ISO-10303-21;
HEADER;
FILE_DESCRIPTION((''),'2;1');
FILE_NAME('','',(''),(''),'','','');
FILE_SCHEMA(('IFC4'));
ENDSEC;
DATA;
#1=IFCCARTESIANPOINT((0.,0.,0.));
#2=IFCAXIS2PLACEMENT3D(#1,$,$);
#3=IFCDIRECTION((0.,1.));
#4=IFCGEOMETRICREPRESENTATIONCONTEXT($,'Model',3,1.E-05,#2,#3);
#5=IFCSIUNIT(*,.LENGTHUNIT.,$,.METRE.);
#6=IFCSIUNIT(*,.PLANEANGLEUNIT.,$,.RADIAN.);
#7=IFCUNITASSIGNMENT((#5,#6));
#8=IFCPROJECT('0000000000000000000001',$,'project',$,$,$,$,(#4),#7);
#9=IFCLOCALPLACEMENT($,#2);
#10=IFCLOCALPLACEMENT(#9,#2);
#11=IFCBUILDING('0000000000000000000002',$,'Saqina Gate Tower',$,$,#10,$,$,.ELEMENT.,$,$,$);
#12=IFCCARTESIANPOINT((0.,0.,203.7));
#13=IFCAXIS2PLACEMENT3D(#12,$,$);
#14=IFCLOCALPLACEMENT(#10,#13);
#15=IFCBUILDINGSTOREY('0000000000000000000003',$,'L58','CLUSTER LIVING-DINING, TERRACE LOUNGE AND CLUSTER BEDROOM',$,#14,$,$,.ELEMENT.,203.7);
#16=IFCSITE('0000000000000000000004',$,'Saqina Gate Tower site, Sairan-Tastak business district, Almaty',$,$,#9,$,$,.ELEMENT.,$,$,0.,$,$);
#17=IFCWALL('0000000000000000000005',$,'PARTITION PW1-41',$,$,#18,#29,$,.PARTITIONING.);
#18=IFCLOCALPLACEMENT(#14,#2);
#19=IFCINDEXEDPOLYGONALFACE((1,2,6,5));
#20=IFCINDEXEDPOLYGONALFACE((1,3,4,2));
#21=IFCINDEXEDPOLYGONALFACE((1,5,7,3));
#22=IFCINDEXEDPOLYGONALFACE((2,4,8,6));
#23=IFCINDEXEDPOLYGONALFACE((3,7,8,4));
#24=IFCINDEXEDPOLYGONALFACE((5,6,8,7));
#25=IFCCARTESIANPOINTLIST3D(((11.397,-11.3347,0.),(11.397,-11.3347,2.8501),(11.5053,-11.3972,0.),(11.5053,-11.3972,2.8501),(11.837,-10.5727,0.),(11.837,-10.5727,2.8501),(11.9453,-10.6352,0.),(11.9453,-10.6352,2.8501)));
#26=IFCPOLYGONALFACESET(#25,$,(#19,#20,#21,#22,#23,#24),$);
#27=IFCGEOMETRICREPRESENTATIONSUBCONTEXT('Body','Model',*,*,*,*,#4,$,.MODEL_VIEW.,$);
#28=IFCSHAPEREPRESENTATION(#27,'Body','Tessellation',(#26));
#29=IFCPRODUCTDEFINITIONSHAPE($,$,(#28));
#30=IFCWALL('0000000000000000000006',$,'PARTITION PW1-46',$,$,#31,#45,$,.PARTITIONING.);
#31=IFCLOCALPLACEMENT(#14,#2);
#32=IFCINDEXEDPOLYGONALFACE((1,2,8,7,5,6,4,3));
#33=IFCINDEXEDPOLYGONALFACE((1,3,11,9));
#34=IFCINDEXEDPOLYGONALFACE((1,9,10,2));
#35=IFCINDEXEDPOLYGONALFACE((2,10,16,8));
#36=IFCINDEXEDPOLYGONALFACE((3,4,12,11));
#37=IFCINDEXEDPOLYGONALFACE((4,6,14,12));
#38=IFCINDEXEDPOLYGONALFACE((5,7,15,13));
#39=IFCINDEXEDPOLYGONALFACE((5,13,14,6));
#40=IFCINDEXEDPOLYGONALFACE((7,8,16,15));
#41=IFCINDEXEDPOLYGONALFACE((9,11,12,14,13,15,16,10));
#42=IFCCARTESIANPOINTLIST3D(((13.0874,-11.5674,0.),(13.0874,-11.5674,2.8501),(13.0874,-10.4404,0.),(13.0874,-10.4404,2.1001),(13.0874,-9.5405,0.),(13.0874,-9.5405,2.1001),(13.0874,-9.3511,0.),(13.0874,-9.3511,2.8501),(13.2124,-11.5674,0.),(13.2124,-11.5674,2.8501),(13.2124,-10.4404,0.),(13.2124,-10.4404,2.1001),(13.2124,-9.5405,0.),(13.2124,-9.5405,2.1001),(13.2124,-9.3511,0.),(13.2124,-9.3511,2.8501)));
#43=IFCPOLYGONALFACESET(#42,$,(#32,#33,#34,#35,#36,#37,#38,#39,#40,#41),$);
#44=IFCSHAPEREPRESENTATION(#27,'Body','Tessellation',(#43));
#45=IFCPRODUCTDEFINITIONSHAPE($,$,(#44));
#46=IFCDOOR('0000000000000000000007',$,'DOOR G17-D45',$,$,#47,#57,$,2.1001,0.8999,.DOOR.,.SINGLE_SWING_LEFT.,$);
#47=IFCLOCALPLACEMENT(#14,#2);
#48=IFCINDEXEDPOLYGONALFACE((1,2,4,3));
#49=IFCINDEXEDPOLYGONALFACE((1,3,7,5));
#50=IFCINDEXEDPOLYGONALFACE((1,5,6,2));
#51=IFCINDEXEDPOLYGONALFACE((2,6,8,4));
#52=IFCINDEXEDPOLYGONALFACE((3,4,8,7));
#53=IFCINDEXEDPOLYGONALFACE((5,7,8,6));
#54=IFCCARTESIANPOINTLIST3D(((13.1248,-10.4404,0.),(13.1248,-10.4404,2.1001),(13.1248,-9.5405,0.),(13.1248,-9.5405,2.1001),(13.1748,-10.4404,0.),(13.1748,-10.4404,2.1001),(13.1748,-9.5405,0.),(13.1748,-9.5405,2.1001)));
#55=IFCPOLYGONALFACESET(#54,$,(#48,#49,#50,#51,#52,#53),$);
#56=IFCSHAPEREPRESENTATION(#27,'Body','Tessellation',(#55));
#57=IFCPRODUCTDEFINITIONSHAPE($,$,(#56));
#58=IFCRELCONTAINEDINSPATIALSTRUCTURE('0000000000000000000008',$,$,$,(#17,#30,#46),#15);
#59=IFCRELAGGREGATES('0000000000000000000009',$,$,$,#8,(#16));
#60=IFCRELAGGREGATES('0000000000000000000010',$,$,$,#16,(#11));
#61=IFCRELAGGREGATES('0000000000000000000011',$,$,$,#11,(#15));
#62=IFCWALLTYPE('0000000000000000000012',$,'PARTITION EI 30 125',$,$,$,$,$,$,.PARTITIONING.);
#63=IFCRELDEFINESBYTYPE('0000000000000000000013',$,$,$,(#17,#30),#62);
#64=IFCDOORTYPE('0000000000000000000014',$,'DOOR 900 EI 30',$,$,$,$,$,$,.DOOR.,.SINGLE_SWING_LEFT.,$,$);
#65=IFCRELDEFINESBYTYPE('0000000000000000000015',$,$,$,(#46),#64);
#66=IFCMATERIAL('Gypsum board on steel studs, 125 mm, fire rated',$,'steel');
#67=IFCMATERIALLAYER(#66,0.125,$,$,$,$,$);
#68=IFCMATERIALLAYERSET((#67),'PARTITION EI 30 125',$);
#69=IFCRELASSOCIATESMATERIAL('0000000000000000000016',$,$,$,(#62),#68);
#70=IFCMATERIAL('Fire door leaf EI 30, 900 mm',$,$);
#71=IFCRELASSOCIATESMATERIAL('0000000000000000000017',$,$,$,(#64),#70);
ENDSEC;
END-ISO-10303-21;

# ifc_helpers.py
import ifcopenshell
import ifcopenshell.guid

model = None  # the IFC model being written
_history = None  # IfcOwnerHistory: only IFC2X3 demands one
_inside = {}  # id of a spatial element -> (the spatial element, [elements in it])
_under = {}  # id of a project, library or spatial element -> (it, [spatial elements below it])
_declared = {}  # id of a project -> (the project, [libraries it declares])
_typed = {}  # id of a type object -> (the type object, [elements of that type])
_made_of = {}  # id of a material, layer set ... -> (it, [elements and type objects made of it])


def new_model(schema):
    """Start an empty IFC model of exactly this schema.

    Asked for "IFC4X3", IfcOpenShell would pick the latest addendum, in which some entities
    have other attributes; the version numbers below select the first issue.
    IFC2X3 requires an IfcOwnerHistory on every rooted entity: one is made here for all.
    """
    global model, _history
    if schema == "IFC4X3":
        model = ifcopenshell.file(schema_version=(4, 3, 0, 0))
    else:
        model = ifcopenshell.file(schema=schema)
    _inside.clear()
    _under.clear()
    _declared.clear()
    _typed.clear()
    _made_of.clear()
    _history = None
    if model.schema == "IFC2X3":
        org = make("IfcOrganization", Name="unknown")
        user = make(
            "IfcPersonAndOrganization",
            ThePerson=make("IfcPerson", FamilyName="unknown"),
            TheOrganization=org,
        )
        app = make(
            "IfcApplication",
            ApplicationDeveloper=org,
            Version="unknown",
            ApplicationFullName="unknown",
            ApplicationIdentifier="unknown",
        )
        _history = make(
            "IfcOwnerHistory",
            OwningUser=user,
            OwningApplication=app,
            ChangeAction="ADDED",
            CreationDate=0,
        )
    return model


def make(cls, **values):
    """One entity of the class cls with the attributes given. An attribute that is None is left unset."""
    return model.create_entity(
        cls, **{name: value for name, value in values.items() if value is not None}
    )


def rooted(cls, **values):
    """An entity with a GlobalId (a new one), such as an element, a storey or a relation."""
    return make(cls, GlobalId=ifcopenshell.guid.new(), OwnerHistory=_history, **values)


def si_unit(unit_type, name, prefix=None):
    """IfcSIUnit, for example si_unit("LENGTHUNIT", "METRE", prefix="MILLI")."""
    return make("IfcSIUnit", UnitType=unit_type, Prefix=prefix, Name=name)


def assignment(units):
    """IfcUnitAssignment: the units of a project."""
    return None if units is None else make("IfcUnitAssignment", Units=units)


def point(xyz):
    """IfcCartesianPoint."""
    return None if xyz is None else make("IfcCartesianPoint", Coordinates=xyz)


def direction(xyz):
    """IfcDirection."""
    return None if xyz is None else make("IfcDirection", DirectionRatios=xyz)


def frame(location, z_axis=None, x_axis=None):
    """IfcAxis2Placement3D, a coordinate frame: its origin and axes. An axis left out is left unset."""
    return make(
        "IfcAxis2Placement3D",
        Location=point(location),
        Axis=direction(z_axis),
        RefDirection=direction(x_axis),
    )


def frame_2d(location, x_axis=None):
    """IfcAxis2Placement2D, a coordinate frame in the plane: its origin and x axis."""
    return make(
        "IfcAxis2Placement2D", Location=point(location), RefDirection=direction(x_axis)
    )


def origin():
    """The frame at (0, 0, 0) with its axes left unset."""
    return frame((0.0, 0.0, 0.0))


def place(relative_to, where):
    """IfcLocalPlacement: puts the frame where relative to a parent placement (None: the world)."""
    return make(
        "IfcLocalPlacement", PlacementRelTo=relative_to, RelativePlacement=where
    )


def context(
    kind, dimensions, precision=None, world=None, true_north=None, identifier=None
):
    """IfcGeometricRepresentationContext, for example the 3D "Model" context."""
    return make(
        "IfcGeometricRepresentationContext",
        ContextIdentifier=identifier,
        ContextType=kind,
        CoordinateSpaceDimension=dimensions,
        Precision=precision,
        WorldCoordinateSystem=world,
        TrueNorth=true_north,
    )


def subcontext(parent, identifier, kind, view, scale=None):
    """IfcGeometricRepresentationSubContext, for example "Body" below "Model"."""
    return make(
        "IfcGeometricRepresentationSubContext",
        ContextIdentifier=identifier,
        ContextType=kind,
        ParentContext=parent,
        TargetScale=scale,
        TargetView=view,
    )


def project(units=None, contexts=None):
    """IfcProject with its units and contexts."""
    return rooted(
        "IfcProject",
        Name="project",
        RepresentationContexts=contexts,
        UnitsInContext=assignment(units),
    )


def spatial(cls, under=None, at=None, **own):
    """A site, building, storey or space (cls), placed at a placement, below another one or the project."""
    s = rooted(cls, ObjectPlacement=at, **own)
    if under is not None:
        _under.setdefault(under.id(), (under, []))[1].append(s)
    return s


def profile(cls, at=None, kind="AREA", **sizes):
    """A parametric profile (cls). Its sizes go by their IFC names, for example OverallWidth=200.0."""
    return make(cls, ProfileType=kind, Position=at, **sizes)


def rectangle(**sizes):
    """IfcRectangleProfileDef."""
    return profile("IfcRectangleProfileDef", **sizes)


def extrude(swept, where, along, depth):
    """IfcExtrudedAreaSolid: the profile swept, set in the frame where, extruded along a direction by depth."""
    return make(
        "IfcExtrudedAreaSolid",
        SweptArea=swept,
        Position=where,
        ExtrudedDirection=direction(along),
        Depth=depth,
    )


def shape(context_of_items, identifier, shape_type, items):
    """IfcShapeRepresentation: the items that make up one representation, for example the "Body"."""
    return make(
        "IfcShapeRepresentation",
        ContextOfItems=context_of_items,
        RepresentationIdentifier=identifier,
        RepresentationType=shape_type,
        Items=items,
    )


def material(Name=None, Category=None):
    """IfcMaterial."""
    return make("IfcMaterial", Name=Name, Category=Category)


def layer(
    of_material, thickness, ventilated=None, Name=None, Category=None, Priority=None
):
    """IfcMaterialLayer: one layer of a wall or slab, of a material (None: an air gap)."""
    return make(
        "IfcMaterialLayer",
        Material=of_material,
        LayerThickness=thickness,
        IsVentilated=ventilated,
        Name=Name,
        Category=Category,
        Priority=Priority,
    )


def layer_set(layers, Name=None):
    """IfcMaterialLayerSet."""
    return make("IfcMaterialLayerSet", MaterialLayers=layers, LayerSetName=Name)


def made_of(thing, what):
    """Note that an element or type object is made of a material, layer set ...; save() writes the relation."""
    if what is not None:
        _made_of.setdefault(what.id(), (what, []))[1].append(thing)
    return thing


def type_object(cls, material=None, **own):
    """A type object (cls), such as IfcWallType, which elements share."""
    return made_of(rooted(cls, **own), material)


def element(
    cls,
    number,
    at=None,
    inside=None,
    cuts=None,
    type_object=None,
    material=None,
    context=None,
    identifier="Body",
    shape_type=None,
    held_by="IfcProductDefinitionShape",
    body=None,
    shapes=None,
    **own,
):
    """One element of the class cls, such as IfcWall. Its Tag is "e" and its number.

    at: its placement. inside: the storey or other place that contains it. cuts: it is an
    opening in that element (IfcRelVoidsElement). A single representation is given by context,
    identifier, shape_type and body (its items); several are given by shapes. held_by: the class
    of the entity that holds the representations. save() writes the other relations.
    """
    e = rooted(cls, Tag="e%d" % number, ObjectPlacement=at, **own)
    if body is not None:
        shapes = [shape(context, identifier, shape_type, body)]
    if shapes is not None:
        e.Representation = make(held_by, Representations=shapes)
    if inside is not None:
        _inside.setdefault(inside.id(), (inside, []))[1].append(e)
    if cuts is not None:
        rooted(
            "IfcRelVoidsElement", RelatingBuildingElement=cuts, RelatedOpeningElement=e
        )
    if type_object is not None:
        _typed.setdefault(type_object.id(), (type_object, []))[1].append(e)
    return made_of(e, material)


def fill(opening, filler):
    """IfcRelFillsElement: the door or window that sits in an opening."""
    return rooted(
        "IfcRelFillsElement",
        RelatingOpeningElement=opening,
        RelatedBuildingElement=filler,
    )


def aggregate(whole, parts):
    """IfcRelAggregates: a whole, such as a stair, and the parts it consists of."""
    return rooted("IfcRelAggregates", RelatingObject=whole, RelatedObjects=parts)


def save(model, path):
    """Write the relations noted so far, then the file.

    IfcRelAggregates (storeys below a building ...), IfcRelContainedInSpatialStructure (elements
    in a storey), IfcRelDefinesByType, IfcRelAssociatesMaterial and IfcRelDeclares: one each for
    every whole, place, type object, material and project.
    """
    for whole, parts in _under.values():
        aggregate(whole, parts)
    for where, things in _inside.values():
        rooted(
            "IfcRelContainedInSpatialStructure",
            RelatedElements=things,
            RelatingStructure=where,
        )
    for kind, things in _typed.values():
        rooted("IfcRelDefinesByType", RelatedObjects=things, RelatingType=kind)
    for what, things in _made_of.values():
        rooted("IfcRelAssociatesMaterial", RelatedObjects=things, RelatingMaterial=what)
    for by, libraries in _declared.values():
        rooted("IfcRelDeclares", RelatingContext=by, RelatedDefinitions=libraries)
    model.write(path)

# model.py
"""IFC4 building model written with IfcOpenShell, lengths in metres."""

from ifc_helpers import new_model, si_unit, direction, frame, frame_2d, origin, place, context, subcontext, project, spatial, rectangle, extrude, material, layer, layer_set, type_object, element, fill, save


model = new_model("IFC4")

# Units and contexts
model_context = context("Model", 3, precision=1e-05, world=origin(), true_north=direction((0.0, 1.0)))
body_context = subcontext(model_context, "Body", "Model", "MODEL_VIEW")
ifc_project = project(units=[si_unit("LENGTHUNIT", "METRE"), si_unit("PLANEANGLEUNIT", "RADIAN")], contexts=[model_context])

# Site, building, storey
site_placement = place(None, origin())
site = spatial("IfcSite", under=ifc_project, at=site_placement, Name="Saqina Gate Tower site, Sairan-Tastak business district, Almaty", CompositionType="ELEMENT", RefElevation=0.0)
building_placement = place(site_placement, origin())
building = spatial("IfcBuilding", under=site, at=building_placement, Name="Saqina Gate Tower", CompositionType="ELEMENT")
storey_placement = place(building_placement, frame((0.0, 0.0, 203.7)))
storey = spatial("IfcBuildingStorey", under=building, at=storey_placement, Name="L58", Description="CLUSTER LIVING-DINING, TERRACE LOUNGE AND CLUSTER BEDROOM", CompositionType="ELEMENT", Elevation=203.7)

# Wall
ifc_material_1 = material(Name="Gypsum board on steel studs, 125 mm, fire rated", Category="steel")
ifc_layer_1 = layer(ifc_material_1, 0.125)
ifc_layer_set_1 = layer_set([ifc_layer_1], Name="PARTITION EI 30 125")
wall_type_1 = type_object("IfcWallType", Name="PARTITION EI 30 125", PredefinedType="PARTITIONING", material=ifc_layer_set_1)
wall_1_placement = place(storey_placement, frame((11.4512, -11.366, 0.0), z_axis=(0.0, 0.0, 1.0), x_axis=(0.500019, 0.866015, 0.0)))
element("IfcWall", 1, at=wall_1_placement, inside=storey, type_object=wall_type_1, Name="PARTITION PW1-41", PredefinedType="PARTITIONING", context=body_context, shape_type="SweptSolid", body=[
    extrude(rectangle(XDim=0.8799, YDim=0.125, at=frame_2d((0.4399, 0.0))), origin(), (0.0, 0.0, 1.0), 2.8501),
])

# Wall, opening, door
wall_2_placement = place(storey_placement, frame((13.1499, -11.5674, 0.0), z_axis=(0.0, 0.0, 1.0), x_axis=(0.0, 1.0, 0.0)))
wall_2 = element("IfcWall", 2, at=wall_2_placement, inside=storey, type_object=wall_type_1, Name="PARTITION PW1-46", PredefinedType="PARTITIONING", context=body_context, shape_type="SweptSolid", body=[
    extrude(rectangle(XDim=2.2163, YDim=0.125, at=frame_2d((1.1082, 0.0))), origin(), (0.0, 0.0, 1.0), 2.8501),
])
opening_1_placement = place(wall_2_placement, frame((1.127, 0.0, 0.0)))
opening_1 = element("IfcOpeningElement", 3, at=opening_1_placement, cuts=wall_2, PredefinedType="OPENING", context=body_context, shape_type="SweptSolid", body=[
    extrude(rectangle(XDim=0.8999, YDim=2.1001, at=frame_2d((0.45, 1.05))), frame((0.0, 0.0745, 0.0), z_axis=(0.0, -1.0, 0.0), x_axis=(1.0, 0.0, 0.0)), (0.0, 0.0, 1.0), 0.1489),
])
ifc_material_2 = material(Name="Fire door leaf EI 30, 900 mm")
door_type_1 = type_object("IfcDoorType", Name="DOOR 900 EI 30", OperationType="SINGLE_SWING_LEFT", PredefinedType="DOOR", material=ifc_material_2)
door_1_placement = place(opening_1_placement, frame((0.8999, 0.0, 0.0), z_axis=(0.0, 0.0, 1.0), x_axis=(-1.0, 0.0, 0.0)))
door_1 = element("IfcDoor", 4, at=door_1_placement, inside=storey, type_object=door_type_1, Name="DOOR G17-D45", OperationType="SINGLE_SWING_LEFT", OverallHeight=2.1001, OverallWidth=0.8999, PredefinedType="DOOR", context=body_context, shape_type="SweptSolid", body=[
    extrude(rectangle(XDim=0.8999, YDim=2.1001, at=frame_2d((0.45, 1.05))), frame((0.0, 0.0249, 0.0), z_axis=(0.0, -1.0, 0.0), x_axis=(1.0, 0.0, 0.0)), (0.0, 0.0, 1.0), 0.05),
])
fill(opening_1, door_1)

save(model, "model.ifc")
